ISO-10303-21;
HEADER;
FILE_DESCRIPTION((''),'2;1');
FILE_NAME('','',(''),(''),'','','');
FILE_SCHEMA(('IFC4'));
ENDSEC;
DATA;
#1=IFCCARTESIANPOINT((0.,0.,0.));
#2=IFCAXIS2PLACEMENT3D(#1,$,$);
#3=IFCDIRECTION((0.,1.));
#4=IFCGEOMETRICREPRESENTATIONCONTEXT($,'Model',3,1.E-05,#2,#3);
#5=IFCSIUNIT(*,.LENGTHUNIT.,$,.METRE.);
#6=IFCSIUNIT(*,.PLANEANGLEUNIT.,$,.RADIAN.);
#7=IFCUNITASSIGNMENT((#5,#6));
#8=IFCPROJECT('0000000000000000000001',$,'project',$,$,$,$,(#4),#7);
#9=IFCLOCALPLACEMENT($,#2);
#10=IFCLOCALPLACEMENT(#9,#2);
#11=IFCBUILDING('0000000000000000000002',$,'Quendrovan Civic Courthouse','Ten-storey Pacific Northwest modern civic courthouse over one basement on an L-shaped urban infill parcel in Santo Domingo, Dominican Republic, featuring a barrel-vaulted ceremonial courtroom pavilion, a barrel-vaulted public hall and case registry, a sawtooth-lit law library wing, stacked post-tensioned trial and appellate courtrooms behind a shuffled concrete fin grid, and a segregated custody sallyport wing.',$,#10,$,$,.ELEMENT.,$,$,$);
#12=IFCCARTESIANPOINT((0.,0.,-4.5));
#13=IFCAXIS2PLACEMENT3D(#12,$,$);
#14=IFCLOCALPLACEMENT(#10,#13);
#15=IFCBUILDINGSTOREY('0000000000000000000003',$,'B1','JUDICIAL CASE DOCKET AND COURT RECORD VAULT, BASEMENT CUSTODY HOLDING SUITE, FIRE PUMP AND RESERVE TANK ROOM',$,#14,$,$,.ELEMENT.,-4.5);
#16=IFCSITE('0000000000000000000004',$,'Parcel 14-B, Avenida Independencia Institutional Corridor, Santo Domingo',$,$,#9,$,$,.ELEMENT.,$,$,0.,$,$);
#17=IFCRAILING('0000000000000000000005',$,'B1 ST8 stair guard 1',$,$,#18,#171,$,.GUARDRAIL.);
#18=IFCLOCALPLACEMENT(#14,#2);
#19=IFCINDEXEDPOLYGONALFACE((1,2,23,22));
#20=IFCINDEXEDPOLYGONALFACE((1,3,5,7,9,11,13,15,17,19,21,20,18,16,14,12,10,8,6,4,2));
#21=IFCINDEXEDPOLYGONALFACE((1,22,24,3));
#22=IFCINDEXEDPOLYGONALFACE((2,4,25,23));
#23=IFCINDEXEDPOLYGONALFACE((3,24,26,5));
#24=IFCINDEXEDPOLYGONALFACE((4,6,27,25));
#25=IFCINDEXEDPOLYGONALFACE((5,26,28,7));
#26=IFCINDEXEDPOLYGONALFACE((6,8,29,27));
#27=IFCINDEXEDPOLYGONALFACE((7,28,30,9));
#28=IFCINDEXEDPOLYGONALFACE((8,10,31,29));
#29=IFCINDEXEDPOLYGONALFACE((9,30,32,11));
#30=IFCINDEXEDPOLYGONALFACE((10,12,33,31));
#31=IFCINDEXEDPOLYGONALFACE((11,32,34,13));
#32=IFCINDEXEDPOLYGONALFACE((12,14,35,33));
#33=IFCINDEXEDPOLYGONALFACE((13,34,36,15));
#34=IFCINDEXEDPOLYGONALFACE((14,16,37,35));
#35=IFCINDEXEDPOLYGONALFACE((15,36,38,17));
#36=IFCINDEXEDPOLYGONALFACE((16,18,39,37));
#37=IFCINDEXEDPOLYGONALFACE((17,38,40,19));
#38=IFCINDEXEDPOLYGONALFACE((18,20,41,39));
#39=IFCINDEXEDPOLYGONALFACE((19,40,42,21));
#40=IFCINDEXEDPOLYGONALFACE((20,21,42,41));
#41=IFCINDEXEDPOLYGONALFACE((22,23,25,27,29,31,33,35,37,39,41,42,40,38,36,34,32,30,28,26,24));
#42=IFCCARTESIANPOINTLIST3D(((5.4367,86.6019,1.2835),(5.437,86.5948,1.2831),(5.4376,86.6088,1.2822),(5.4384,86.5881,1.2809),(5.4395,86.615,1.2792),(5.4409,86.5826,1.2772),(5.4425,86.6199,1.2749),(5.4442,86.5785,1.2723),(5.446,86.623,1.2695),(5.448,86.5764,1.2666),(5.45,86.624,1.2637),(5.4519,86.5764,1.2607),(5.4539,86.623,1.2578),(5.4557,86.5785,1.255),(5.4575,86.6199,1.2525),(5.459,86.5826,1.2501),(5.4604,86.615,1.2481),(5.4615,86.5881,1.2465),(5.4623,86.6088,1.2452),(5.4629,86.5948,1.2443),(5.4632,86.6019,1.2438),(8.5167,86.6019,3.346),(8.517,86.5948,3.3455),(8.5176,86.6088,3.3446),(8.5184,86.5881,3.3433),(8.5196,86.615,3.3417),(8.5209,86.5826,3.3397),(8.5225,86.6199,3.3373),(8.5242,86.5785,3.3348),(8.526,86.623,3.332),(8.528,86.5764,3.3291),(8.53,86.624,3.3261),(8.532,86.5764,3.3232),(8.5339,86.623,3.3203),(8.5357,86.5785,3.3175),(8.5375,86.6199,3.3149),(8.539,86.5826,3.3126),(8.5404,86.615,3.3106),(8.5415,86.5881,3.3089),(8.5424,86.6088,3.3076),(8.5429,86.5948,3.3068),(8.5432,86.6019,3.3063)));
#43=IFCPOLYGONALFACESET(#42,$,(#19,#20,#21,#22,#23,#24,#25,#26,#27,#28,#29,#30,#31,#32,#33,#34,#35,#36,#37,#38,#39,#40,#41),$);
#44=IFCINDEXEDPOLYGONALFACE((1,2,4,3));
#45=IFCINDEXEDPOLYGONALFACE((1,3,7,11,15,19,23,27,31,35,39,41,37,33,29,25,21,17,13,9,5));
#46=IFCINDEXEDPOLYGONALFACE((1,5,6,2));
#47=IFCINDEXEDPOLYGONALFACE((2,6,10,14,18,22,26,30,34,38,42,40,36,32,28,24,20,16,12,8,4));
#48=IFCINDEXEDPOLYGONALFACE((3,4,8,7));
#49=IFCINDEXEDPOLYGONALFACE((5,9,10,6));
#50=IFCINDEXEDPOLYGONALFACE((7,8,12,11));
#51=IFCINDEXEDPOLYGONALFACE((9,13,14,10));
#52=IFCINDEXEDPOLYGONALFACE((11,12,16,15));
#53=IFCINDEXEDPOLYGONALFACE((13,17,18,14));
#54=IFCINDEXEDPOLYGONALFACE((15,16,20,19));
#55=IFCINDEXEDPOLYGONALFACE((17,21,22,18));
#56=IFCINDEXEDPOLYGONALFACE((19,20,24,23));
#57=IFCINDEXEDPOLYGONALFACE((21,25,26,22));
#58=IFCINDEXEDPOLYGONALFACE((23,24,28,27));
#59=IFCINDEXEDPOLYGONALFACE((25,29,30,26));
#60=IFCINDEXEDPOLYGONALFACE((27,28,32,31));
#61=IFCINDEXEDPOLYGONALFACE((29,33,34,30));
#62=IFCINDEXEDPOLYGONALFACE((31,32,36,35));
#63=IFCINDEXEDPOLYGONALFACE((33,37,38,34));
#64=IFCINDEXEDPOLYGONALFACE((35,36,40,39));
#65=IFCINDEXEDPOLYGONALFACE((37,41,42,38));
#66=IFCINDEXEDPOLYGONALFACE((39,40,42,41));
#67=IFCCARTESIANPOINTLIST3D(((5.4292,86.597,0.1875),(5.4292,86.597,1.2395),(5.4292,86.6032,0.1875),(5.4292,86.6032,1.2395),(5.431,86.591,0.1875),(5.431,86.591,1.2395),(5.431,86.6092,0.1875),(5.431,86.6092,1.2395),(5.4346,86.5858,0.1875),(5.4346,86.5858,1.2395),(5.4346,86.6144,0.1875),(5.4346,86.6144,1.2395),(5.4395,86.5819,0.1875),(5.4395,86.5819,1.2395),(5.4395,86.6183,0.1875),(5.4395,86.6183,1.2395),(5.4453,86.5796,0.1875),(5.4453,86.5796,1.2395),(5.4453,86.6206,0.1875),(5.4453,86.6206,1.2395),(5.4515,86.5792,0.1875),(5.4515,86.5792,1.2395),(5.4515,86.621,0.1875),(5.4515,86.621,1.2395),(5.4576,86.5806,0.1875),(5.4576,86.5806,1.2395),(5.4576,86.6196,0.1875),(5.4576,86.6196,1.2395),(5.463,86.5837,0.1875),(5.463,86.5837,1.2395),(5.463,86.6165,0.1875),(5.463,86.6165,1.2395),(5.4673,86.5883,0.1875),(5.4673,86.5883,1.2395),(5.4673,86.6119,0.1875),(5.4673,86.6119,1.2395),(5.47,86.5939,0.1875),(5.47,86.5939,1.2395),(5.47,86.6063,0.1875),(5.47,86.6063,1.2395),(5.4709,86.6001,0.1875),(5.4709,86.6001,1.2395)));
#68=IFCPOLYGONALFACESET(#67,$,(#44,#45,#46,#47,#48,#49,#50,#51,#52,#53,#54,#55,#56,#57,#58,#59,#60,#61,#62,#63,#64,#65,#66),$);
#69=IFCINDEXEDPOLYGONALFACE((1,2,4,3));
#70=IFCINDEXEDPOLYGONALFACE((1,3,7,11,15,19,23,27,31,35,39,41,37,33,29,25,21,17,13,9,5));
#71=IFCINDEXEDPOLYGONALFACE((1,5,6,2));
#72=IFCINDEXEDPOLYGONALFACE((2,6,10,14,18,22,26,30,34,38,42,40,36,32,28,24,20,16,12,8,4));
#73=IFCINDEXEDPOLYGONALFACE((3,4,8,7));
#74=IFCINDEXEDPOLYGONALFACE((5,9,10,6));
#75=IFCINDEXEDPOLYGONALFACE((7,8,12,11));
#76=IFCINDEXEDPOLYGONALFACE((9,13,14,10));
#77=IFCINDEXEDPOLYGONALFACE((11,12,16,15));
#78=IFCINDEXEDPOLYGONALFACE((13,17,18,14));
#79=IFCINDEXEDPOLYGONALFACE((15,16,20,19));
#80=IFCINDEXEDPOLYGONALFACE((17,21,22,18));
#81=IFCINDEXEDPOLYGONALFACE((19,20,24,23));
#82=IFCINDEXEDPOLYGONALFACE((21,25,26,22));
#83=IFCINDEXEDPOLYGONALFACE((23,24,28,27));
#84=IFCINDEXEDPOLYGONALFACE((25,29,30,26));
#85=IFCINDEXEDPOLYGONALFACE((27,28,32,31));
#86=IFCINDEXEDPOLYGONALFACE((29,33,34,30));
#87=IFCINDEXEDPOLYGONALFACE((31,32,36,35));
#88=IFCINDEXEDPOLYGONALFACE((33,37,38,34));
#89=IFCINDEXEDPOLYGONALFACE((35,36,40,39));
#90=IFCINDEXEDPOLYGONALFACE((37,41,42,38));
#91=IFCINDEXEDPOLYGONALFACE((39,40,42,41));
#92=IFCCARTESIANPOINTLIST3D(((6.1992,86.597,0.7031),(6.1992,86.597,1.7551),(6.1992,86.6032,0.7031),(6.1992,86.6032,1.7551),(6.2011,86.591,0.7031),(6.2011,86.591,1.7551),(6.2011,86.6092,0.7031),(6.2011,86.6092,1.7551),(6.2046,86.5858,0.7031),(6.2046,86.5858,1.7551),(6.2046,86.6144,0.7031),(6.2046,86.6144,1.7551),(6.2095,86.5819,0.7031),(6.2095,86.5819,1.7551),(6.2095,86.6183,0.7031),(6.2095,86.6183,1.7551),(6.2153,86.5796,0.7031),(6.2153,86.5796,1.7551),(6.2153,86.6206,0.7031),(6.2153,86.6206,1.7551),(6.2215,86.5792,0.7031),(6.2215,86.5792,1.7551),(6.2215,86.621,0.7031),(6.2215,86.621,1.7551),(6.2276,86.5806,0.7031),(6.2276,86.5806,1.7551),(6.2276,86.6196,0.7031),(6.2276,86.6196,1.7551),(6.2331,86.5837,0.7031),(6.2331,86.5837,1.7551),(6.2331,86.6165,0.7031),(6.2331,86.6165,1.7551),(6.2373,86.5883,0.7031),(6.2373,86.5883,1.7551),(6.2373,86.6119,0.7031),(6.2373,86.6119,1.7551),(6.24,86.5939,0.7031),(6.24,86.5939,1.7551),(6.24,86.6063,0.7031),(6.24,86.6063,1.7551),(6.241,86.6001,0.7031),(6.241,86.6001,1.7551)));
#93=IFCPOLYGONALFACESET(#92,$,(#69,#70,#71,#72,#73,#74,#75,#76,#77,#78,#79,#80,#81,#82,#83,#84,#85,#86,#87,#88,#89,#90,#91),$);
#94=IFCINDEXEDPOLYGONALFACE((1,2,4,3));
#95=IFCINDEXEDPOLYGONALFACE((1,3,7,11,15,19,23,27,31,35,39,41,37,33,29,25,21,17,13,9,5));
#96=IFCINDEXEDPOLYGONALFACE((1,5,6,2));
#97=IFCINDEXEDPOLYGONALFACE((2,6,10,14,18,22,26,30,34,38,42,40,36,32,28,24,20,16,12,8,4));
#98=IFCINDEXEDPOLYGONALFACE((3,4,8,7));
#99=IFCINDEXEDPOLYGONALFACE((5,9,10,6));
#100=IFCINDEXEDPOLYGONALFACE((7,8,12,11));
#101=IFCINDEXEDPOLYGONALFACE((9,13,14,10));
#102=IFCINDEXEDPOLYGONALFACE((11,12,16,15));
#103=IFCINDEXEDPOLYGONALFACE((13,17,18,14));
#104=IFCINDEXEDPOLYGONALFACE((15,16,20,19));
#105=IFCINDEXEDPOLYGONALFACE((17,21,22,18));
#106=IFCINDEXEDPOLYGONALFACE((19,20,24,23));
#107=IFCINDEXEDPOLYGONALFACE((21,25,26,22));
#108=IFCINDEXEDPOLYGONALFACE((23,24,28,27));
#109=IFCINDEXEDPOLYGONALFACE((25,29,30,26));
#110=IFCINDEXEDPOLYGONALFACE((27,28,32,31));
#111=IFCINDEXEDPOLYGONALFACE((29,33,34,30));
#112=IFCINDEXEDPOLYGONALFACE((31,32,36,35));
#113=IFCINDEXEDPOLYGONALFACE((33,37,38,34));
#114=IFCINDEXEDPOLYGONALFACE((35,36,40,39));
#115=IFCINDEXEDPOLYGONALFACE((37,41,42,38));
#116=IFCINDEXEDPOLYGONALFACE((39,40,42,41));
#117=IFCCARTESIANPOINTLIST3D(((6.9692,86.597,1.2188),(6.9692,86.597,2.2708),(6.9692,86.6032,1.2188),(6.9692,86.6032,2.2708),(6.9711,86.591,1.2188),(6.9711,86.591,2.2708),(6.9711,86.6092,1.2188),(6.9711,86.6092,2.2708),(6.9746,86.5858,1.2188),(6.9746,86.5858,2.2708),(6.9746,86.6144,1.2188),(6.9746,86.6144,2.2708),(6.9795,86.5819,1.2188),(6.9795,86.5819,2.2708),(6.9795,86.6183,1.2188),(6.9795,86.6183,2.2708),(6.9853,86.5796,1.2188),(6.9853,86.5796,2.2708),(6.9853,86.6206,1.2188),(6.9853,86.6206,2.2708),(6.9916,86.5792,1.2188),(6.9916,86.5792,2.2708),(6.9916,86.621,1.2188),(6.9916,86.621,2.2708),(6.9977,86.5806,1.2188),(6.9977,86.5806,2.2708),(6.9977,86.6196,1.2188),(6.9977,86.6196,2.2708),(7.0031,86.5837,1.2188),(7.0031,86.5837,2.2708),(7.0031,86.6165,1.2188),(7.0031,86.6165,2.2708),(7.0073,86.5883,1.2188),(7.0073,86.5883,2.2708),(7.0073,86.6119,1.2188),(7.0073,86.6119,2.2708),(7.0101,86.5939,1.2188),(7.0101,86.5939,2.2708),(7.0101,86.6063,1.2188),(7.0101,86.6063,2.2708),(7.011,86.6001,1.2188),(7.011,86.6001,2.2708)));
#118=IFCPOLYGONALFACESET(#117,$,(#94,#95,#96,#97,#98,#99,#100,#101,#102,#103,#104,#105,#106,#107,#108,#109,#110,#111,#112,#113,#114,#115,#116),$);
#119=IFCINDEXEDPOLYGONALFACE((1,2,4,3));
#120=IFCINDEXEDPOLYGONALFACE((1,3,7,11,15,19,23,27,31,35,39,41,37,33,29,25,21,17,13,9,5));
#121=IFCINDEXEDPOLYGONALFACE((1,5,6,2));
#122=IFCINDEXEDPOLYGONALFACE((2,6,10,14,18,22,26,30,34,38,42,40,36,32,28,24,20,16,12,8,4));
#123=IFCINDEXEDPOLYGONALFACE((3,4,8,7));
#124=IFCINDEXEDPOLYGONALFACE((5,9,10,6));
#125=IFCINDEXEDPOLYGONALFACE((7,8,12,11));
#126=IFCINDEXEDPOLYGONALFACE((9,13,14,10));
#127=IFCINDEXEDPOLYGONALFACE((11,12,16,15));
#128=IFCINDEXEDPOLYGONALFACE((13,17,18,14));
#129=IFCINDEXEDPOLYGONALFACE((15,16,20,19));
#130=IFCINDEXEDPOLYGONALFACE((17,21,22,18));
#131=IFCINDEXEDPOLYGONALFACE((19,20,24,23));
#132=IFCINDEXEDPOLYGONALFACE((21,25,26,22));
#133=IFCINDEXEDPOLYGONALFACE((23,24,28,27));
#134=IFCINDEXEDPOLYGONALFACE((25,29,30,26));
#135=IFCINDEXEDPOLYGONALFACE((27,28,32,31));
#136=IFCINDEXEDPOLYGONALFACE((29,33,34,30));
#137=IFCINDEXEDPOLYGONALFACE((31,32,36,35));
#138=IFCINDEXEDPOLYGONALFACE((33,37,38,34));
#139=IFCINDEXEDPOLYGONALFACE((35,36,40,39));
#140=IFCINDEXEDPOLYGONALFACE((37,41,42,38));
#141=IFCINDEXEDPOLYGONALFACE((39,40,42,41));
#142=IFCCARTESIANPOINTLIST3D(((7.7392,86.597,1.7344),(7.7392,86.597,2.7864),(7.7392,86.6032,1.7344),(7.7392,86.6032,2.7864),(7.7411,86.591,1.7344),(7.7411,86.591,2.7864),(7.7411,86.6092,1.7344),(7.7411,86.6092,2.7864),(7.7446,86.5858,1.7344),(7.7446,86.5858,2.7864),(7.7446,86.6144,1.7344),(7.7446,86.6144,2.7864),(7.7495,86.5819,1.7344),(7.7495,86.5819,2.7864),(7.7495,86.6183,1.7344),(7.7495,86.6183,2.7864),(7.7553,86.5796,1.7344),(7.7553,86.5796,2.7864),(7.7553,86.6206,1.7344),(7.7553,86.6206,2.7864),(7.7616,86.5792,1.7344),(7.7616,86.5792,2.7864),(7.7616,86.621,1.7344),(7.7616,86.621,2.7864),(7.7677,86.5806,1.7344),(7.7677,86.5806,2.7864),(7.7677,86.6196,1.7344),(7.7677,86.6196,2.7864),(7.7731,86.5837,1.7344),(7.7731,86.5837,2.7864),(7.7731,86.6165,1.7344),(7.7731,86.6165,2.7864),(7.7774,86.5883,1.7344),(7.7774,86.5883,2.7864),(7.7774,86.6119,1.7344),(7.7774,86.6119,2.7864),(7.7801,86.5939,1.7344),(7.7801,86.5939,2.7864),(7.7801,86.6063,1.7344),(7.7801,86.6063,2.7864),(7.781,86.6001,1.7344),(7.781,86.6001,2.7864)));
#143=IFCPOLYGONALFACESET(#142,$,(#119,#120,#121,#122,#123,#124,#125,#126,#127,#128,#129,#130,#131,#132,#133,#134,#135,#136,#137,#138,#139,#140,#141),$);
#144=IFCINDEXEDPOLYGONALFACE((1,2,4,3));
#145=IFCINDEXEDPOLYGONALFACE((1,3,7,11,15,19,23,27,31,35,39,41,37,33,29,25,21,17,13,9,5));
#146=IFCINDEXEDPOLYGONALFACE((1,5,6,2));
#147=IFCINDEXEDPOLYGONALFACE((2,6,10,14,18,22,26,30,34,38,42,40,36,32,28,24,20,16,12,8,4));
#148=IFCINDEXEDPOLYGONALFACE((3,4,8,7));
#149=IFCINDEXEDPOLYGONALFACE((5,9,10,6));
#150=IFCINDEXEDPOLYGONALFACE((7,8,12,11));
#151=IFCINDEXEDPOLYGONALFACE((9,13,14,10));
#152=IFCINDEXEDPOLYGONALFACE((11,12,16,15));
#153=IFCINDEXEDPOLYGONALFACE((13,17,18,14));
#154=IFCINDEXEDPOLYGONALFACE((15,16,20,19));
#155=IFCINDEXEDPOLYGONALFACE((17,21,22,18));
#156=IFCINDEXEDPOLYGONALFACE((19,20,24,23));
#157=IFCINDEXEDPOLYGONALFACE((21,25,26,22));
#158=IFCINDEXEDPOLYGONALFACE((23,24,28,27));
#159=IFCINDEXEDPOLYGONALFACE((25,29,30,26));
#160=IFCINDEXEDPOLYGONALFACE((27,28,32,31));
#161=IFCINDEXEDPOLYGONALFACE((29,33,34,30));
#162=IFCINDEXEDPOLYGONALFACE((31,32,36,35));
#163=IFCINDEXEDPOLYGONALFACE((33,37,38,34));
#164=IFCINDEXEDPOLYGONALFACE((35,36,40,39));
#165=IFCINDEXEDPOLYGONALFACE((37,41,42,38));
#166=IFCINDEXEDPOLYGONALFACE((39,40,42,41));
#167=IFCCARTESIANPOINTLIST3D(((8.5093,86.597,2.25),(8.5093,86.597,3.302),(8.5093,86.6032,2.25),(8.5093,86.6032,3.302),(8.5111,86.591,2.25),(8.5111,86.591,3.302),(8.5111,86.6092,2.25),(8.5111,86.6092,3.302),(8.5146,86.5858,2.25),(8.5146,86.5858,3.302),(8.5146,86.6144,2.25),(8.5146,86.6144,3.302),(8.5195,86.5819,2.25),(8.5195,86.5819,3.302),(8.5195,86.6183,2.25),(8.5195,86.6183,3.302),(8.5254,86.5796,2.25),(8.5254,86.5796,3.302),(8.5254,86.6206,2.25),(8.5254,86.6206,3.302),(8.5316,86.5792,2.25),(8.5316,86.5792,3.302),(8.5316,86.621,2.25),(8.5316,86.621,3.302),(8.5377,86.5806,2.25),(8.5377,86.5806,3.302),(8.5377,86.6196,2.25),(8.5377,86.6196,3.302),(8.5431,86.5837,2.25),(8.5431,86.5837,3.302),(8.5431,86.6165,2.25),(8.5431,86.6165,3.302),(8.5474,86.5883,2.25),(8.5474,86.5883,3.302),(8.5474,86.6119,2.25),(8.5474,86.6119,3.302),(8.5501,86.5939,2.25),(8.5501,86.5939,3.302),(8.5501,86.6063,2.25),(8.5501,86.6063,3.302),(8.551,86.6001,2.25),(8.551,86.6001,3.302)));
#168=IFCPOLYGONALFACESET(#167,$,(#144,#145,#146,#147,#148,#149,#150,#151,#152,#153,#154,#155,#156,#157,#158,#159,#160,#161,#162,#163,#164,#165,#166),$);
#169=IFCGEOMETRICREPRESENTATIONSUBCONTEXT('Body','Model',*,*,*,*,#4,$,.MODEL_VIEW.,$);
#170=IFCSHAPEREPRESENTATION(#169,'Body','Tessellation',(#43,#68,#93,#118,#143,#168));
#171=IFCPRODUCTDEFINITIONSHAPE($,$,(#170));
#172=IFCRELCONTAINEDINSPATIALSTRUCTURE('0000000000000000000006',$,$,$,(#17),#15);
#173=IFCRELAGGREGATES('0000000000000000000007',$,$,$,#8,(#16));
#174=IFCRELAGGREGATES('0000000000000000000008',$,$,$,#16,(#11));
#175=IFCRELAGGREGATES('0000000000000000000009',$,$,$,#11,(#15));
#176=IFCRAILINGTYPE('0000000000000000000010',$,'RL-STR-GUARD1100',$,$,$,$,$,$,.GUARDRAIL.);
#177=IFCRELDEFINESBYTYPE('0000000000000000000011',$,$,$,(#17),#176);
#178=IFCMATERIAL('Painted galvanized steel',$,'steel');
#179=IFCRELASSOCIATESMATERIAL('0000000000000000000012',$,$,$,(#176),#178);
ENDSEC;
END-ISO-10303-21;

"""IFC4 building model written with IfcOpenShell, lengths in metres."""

from ifc_helpers import new_model, si_unit, direction, frame, origin, origin_2d, place, context, subcontext, project, spatial, circle, extrude, material, type_object, element, save


model = new_model("IFC4")

# Units and contexts
model_context = context("Model", 3, precision=1e-05, world=origin(), true_north=direction((0.0, 1.0)))
body_context = subcontext(model_context, "Body", "Model", "MODEL_VIEW")
ifc_project = project(units=[si_unit("LENGTHUNIT", "METRE"), si_unit("PLANEANGLEUNIT", "RADIAN")], contexts=[model_context])

# Site, building, storey
site_placement = place(None, origin())
site = spatial("IfcSite", under=ifc_project, at=site_placement, Name="Parcel 14-B, Avenida Independencia Institutional Corridor, Santo Domingo", CompositionType="ELEMENT", RefElevation=0.0)
building_placement = place(site_placement, origin())
building = spatial("IfcBuilding", under=site, at=building_placement, Name="Quendrovan Civic Courthouse", Description="Ten-storey Pacific Northwest modern civic courthouse over one basement on an L-shaped urban infill parcel in Santo Domingo, Dominican Republic, featuring a barrel-vaulted ceremonial courtroom pavilion, a barrel-vaulted public hall and case registry, a sawtooth-lit law library wing, stacked post-tensioned trial and appellate courtrooms behind a shuffled concrete fin grid, and a segregated custody sallyport wing.", CompositionType="ELEMENT")
storey_placement = place(building_placement, frame((0.0, 0.0, -4.5)))
storey = spatial("IfcBuildingStorey", under=building, at=storey_placement, Name="B1", Description="JUDICIAL CASE DOCKET AND COURT RECORD VAULT, BASEMENT CUSTODY HOLDING SUITE, FIRE PUMP AND RESERVE TANK ROOM", CompositionType="ELEMENT", Elevation=-4.5)

# Railing
ifc_material_1 = material(Name="Painted galvanized steel", Category="steel")
railing_type_1 = type_object("IfcRailingType", Name="RL-STR-GUARD1100", PredefinedType="GUARDRAIL", material=ifc_material_1)
railing_1_placement = place(storey_placement, frame((5.45, 86.6001, 0.1875)))
element("IfcRailing", 1, at=railing_1_placement, inside=storey, type_object=railing_type_1, Name="B1 ST8 stair guard 1", PredefinedType="GUARDRAIL", context=body_context, shape_type="SweptSolid", body=[
    extrude(circle(Radius=0.0239, at=origin_2d()), frame((0.0, 0.0, 1.0762), z_axis=(0.830914, 0.0, 0.556401), x_axis=(0.0, 1.0, 0.0)), (0.0, 0.0, 1.0), 3.7068),
    extrude(circle(Radius=0.021, at=origin_2d()), origin(), (0.0, 0.0, 1.0), 1.052),
    extrude(circle(Radius=0.021, at=origin_2d()), frame((0.77, 0.0, 0.5156)), (0.0, 0.0, 1.0), 1.052),
    extrude(circle(Radius=0.021, at=origin_2d()), frame((1.54, 0.0, 1.0312)), (0.0, 0.0, 1.0), 1.052),
    extrude(circle(Radius=0.021, at=origin_2d()), frame((2.3101, 0.0, 1.5469)), (0.0, 0.0, 1.0), 1.052),
    extrude(circle(Radius=0.021, at=origin_2d()), frame((3.0801, 0.0, 2.0625)), (0.0, 0.0, 1.0), 1.052),
])

save(model, "model.ifc")
